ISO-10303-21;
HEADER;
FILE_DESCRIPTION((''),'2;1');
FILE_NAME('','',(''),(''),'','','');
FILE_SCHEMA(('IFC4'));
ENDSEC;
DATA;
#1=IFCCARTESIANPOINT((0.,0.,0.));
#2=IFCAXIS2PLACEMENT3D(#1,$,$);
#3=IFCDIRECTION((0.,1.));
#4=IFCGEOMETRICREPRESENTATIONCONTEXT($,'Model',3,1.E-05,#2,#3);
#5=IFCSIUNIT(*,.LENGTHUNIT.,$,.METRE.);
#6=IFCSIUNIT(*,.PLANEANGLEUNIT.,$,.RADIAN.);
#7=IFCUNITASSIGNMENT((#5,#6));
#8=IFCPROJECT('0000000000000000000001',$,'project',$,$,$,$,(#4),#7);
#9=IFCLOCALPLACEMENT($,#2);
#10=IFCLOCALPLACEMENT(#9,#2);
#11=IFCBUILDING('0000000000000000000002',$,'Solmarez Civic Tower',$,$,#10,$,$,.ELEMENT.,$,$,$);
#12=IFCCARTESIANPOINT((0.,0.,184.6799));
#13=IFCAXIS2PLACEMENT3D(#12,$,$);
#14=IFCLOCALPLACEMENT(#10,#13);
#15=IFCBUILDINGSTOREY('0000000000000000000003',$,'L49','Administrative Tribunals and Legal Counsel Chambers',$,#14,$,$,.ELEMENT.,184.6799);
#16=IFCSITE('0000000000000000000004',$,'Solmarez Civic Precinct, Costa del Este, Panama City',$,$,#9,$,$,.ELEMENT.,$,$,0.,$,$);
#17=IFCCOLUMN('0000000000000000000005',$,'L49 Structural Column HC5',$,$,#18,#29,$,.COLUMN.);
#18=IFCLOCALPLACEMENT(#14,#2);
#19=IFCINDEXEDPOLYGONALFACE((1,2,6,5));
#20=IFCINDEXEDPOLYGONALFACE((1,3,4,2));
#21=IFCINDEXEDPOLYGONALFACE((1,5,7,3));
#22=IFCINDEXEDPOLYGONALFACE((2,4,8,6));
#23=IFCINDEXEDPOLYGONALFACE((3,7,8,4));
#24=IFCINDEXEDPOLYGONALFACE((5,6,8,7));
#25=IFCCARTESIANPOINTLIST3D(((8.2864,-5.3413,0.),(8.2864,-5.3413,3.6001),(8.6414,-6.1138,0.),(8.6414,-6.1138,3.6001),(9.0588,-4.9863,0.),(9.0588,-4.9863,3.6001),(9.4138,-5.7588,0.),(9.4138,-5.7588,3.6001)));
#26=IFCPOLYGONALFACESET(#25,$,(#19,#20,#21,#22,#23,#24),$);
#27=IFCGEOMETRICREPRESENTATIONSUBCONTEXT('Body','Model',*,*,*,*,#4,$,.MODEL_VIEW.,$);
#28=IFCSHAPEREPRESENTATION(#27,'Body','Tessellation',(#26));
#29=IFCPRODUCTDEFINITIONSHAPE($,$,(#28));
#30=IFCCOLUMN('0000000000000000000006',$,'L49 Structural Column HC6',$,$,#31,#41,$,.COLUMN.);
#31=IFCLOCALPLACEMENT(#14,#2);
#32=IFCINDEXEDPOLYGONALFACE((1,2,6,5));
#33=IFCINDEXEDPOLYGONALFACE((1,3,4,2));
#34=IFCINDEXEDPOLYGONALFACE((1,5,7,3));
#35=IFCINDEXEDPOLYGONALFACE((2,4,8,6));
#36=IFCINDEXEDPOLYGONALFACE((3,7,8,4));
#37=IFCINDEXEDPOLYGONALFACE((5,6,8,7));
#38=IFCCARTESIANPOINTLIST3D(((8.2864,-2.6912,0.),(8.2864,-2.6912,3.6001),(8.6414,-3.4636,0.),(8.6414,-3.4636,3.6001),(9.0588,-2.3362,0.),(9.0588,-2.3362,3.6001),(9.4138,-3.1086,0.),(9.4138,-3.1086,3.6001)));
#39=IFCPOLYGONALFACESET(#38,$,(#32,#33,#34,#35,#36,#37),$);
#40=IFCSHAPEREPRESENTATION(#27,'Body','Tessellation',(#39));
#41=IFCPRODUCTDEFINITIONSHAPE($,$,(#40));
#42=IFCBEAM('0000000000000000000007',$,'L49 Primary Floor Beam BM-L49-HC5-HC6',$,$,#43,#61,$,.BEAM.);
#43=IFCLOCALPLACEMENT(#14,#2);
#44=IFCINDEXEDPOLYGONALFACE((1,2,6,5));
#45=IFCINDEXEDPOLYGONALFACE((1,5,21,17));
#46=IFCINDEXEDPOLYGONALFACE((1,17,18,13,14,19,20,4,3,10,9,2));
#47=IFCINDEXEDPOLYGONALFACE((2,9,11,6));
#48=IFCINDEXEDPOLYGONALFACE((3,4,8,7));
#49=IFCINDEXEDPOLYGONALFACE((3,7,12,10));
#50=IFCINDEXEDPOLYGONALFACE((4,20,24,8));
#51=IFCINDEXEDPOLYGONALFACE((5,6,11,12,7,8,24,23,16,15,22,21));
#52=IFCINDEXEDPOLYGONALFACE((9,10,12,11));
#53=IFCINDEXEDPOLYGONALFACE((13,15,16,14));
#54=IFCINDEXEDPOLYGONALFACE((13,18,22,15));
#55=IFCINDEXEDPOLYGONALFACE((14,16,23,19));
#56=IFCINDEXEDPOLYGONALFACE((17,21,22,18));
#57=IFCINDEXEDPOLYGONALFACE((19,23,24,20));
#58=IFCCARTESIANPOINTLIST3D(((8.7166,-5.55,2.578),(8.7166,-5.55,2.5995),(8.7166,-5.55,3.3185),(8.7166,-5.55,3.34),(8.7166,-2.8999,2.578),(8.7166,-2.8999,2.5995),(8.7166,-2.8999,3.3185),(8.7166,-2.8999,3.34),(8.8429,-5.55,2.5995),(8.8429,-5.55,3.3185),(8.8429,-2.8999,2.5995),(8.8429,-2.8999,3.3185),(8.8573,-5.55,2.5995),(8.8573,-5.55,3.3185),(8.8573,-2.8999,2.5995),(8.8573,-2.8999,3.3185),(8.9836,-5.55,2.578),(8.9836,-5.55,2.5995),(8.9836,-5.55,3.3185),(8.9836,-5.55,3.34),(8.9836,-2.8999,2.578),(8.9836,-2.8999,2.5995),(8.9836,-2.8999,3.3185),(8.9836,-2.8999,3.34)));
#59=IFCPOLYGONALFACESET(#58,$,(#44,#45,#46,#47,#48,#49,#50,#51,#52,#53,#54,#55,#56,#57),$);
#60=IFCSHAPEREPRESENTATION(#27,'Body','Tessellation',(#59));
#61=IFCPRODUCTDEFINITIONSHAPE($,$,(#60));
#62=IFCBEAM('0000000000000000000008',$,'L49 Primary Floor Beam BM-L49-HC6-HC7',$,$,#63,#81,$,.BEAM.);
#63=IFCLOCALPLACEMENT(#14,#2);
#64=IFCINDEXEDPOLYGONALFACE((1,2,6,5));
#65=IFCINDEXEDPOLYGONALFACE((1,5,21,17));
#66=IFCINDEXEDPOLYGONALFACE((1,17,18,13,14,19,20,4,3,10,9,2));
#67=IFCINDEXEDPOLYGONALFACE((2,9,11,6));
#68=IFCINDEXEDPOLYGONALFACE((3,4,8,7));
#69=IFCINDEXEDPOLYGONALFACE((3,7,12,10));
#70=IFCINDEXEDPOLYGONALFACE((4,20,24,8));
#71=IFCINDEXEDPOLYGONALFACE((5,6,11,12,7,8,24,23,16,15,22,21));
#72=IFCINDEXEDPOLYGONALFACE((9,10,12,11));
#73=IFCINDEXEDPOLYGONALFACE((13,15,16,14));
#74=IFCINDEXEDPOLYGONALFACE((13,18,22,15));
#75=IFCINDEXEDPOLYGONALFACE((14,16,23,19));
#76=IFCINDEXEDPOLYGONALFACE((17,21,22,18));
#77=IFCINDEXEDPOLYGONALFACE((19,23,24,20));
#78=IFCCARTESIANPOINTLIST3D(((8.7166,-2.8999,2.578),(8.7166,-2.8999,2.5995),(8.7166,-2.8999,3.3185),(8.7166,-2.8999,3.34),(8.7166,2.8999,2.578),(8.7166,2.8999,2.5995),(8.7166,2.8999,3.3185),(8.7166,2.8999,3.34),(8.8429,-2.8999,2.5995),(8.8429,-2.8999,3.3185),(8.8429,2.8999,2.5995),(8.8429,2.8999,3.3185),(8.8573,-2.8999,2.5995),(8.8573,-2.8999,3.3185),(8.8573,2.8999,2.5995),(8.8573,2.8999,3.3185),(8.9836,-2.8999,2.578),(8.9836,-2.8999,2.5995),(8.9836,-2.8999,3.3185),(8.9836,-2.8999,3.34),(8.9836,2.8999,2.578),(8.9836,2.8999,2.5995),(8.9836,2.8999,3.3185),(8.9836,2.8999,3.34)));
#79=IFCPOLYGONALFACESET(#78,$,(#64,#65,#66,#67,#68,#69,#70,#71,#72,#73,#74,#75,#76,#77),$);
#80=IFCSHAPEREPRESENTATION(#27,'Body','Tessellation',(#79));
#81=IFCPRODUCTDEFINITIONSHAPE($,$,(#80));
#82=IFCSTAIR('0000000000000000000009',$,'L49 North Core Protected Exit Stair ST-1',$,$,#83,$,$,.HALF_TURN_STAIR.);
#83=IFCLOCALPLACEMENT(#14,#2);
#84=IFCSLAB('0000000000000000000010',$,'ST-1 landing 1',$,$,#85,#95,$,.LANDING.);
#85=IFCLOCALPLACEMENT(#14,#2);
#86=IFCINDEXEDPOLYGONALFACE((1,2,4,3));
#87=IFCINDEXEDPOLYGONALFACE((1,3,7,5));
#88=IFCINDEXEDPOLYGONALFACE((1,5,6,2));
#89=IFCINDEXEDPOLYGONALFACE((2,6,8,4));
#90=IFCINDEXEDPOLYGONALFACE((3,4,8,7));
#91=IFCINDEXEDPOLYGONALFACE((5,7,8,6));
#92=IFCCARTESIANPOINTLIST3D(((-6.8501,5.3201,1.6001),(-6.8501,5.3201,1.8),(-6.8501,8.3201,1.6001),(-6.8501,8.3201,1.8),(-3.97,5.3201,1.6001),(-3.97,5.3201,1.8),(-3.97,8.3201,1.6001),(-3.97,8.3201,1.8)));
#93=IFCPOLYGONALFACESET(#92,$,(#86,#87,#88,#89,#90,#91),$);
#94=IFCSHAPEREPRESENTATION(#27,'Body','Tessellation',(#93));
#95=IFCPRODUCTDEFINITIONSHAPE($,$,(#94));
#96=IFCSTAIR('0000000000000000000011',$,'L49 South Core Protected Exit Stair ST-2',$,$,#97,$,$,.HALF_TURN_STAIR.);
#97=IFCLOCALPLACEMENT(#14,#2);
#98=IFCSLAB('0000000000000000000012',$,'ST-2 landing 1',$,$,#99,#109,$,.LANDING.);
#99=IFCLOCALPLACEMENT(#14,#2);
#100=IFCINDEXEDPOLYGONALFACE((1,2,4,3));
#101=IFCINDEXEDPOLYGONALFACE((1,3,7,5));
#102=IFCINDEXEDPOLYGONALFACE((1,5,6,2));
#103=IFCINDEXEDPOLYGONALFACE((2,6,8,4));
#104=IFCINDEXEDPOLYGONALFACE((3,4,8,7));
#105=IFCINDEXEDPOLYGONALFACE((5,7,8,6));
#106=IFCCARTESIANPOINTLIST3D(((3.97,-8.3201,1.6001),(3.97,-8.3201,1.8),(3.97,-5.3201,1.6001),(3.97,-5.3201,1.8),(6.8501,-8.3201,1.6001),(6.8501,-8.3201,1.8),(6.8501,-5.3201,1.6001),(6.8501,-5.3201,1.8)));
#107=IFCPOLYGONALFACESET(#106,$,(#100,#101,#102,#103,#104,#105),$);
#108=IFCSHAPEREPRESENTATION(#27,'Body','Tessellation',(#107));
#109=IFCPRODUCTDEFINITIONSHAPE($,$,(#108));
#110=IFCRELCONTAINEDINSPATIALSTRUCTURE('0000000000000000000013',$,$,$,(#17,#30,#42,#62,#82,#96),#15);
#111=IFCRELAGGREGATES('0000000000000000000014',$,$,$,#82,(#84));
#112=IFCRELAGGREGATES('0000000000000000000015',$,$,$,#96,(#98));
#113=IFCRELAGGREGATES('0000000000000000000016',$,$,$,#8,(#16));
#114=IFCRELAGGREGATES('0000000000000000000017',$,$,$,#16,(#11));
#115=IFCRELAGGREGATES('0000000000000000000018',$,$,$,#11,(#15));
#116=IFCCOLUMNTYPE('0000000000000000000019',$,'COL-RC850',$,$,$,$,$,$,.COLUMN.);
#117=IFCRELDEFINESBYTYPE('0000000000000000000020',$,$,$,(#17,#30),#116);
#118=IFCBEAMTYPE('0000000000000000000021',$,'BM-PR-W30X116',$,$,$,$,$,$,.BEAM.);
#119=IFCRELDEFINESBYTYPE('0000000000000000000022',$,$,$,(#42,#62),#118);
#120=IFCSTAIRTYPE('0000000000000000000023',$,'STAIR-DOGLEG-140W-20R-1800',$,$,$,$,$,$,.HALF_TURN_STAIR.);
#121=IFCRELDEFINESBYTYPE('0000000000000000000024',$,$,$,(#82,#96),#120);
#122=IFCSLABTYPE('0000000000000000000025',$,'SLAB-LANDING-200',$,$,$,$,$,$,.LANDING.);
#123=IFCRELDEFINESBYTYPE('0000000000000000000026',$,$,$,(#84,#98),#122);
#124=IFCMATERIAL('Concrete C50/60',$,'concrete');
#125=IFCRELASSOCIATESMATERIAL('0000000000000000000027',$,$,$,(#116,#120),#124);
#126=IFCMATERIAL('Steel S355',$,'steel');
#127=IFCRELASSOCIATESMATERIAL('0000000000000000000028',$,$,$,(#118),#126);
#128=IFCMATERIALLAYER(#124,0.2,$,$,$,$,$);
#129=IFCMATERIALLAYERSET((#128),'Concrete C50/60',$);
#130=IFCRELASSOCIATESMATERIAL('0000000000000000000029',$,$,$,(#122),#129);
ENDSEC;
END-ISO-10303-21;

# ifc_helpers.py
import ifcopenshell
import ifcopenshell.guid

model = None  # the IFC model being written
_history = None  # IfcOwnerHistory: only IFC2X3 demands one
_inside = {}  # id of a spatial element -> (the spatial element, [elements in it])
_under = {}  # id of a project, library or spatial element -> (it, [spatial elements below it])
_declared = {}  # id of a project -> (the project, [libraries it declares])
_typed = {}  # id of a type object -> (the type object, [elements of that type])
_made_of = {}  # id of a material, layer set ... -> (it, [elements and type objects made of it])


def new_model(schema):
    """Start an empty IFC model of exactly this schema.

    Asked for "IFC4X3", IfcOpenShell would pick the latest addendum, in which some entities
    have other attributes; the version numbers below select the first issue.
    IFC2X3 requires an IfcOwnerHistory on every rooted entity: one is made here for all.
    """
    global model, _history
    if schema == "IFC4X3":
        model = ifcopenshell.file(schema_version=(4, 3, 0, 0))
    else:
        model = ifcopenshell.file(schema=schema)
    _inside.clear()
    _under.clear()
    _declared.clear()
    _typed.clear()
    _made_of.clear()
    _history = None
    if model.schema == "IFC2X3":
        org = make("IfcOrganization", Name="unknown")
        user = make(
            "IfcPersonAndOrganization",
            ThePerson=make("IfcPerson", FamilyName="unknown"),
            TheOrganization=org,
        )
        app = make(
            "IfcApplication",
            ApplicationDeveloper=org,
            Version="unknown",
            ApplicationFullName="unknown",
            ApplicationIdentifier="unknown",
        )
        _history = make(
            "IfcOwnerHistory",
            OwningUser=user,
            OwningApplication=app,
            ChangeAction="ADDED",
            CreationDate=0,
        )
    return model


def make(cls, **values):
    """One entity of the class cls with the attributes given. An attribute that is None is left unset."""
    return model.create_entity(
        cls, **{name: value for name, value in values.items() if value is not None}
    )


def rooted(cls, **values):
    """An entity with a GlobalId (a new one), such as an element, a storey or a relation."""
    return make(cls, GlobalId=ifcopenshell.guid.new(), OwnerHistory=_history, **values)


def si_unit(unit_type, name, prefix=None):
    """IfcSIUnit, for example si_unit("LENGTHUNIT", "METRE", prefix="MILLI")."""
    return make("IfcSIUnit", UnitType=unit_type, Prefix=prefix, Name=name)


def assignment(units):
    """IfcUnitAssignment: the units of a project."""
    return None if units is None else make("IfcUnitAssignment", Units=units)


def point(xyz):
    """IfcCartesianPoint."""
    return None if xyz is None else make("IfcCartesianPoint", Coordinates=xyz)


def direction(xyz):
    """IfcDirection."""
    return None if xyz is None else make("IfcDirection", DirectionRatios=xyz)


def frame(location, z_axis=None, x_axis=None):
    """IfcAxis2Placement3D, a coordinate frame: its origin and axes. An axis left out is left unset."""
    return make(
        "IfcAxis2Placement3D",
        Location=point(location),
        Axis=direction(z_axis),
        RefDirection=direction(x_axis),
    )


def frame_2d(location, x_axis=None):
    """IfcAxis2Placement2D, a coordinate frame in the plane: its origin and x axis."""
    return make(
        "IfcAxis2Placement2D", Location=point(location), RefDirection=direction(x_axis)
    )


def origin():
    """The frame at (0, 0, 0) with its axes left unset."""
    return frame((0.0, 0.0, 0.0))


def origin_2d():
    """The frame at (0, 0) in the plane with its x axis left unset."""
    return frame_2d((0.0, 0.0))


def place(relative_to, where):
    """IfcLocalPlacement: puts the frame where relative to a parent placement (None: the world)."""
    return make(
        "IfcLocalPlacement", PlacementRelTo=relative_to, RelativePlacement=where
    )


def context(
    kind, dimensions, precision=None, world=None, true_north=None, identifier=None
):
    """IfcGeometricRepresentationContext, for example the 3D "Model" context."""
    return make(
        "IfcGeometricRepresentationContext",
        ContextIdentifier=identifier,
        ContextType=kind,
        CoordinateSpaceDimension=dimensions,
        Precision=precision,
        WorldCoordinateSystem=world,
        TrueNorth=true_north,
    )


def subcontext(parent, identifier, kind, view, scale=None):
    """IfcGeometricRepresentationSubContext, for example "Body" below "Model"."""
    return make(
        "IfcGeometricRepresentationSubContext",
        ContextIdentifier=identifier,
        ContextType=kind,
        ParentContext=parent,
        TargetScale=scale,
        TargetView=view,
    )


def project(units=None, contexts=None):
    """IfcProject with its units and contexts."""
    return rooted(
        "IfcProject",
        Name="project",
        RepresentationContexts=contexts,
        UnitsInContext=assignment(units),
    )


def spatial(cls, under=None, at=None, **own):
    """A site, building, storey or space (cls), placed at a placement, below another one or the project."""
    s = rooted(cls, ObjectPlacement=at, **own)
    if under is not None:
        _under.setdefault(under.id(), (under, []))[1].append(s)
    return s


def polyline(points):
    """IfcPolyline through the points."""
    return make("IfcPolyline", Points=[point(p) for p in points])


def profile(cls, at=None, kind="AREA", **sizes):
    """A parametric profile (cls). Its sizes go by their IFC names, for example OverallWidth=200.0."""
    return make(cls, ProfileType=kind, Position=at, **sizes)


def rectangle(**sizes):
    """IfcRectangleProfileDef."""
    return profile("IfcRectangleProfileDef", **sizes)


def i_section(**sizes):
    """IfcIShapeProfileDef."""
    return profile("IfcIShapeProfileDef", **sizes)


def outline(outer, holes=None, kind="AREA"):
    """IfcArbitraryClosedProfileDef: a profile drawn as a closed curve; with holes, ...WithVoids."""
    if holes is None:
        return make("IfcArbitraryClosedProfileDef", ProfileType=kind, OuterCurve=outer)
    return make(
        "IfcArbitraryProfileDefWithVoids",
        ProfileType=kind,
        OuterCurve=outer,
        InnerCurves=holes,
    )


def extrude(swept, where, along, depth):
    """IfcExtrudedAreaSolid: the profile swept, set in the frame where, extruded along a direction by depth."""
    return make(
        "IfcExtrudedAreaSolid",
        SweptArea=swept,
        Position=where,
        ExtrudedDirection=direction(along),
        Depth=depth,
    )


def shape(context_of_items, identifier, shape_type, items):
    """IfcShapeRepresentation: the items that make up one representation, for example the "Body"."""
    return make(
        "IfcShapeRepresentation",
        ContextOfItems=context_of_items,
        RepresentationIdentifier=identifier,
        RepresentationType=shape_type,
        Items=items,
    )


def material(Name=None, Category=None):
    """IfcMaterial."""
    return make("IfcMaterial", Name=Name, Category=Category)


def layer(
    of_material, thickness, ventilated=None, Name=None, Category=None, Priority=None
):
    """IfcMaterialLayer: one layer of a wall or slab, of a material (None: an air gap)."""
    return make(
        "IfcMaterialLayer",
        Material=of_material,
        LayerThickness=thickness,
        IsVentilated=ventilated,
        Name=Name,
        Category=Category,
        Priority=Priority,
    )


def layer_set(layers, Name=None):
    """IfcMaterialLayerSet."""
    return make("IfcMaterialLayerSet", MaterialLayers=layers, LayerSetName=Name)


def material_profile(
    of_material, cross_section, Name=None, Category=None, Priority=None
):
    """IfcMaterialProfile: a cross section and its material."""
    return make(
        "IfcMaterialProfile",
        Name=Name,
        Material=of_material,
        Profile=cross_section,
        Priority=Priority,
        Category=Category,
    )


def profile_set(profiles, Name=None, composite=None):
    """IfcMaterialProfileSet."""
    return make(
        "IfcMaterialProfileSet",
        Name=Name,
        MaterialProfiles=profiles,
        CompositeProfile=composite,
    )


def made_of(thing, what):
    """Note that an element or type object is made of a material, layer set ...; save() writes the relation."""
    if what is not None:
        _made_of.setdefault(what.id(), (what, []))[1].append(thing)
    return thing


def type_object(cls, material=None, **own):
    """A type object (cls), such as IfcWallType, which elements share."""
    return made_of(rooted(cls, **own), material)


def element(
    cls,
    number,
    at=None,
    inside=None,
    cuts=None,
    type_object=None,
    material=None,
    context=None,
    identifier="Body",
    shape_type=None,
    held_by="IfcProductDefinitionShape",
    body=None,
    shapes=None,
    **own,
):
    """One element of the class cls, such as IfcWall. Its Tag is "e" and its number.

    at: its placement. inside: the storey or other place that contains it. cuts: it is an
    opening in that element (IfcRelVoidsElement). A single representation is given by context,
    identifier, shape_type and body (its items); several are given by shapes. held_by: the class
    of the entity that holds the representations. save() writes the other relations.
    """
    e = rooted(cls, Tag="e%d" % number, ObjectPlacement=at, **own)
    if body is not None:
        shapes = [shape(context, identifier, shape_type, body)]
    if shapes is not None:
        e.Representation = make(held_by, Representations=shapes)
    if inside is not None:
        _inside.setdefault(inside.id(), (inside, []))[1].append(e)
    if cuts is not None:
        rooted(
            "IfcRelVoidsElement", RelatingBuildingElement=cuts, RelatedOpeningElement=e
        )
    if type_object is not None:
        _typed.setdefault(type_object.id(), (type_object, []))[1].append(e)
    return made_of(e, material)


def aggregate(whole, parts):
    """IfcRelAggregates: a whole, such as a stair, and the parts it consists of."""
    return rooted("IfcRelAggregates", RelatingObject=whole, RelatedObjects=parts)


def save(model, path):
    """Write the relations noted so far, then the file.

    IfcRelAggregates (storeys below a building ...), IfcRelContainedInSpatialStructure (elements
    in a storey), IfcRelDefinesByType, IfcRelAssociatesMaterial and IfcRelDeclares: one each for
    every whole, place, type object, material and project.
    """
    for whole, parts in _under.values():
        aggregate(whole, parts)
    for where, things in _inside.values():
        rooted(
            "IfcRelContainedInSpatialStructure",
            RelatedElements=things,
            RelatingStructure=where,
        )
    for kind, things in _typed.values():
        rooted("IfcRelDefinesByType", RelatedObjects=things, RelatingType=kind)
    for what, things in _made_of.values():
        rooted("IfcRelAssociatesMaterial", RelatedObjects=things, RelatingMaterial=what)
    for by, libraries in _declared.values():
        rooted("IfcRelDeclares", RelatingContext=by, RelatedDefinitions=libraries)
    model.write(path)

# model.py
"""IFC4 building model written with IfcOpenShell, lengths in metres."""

from ifc_helpers import new_model, si_unit, direction, frame, origin, origin_2d, place, context, subcontext, project, spatial, polyline, rectangle, i_section, outline, extrude, material, layer, layer_set, material_profile, profile_set, type_object, element, aggregate, save


model = new_model("IFC4")

# Units and contexts
model_context = context("Model", 3, precision=1e-05, world=origin(), true_north=direction((0.0, 1.0)))
body_context = subcontext(model_context, "Body", "Model", "MODEL_VIEW")
ifc_project = project(units=[si_unit("LENGTHUNIT", "METRE"), si_unit("PLANEANGLEUNIT", "RADIAN")], contexts=[model_context])

# Site, building, storey
site_placement = place(None, origin())
site = spatial("IfcSite", under=ifc_project, at=site_placement, Name="Solmarez Civic Precinct, Costa del Este, Panama City", CompositionType="ELEMENT", RefElevation=0.0)
building_placement = place(site_placement, origin())
building = spatial("IfcBuilding", under=site, at=building_placement, Name="Solmarez Civic Tower", CompositionType="ELEMENT")
storey_placement = place(building_placement, frame((0.0, 0.0, 184.6799)))
storey = spatial("IfcBuildingStorey", under=building, at=storey_placement, Name="L49", Description="Administrative Tribunals and Legal Counsel Chambers", CompositionType="ELEMENT", Elevation=184.6799)

# Columns
ifc_material_1 = material(Name="Concrete C50/60", Category="concrete")
ifc_material_profile_1 = material_profile(ifc_material_1, rectangle(XDim=0.8501, YDim=0.8501, at=origin_2d()), Name="RC850X850")
ifc_profile_set_1 = profile_set([ifc_material_profile_1], Name="Concrete C50/60")
column_type = type_object("IfcColumnType", Name="COL-RC850", PredefinedType="COLUMN", material=ifc_profile_set_1)
for number, where, z_axis, x_axis, name in (
    (1, (8.8501, -5.55, 0.0), (0.0, 0.0, 1.0), (0.908654, 0.41755, 0.0), "L49 Structural Column HC5"),
    (2, (8.8501, -2.8999, 0.0), (0.0, 0.0, 1.0), (0.908654, 0.41755, 0.0), "L49 Structural Column HC6"),
):
    element("IfcColumn", number, at=place(storey_placement, frame(where, z_axis=z_axis, x_axis=x_axis)), inside=storey, type_object=column_type, Name=name, PredefinedType="COLUMN", context=body_context, shape_type="SweptSolid", body=[
        extrude(rectangle(XDim=0.8501, YDim=0.8501, at=origin_2d()), origin(), (0.0, 0.0, 1.0), 3.6001),
    ])

# Beams
ifc_material_2 = material(Name="Steel S355", Category="steel")
ifc_material_profile_2 = material_profile(ifc_material_2, i_section(OverallWidth=0.2671, OverallDepth=0.762, WebThickness=0.0144, FlangeThickness=0.0215, at=origin_2d()), Name="W30X116")
ifc_profile_set_2 = profile_set([ifc_material_profile_2], Name="Steel S355")
beam_type = type_object("IfcBeamType", Name="BM-PR-W30X116", PredefinedType="BEAM", material=ifc_profile_set_2)
beam_1_placement = place(storey_placement, frame((8.8501, -5.55, 2.959), z_axis=(0.0, 1.0, 0.0), x_axis=(-1.0, 0.0, 0.0)))
element("IfcBeam", 3, at=beam_1_placement, inside=storey, type_object=beam_type, Name="L49 Primary Floor Beam BM-L49-HC5-HC6", PredefinedType="BEAM", context=body_context, shape_type="SweptSolid", body=[
    extrude(i_section(OverallWidth=0.2671, OverallDepth=0.762, WebThickness=0.0144, FlangeThickness=0.0215, at=origin_2d()), origin(), (0.0, 0.0, 1.0), 2.6501),
])
beam_2_placement = place(storey_placement, frame((8.8501, -2.8999, 2.959), z_axis=(0.0, 1.0, 0.0), x_axis=(-1.0, 0.0, 0.0)))
element("IfcBeam", 4, at=beam_2_placement, inside=storey, type_object=beam_type, Name="L49 Primary Floor Beam BM-L49-HC6-HC7", PredefinedType="BEAM", context=body_context, shape_type="SweptSolid", body=[
    extrude(i_section(OverallWidth=0.2671, OverallDepth=0.762, WebThickness=0.0144, FlangeThickness=0.0215, at=origin_2d()), origin(), (0.0, 0.0, 1.0), 5.7998),
])

# Stairs, slabs
stair_type = type_object("IfcStairType", Name="STAIR-DOGLEG-140W-20R-1800", PredefinedType="HALF_TURN_STAIR", material=ifc_material_1)
stair_1_placement = place(storey_placement, origin())
stair_1 = element("IfcStair", 5, at=stair_1_placement, inside=storey, type_object=stair_type, Name="L49 North Core Protected Exit Stair ST-1", PredefinedType="HALF_TURN_STAIR")
ifc_layer_1 = layer(ifc_material_1, 0.2)
ifc_layer_set_1 = layer_set([ifc_layer_1], Name="Concrete C50/60")
slab_type_1 = type_object("IfcSlabType", Name="SLAB-LANDING-200", PredefinedType="LANDING", material=ifc_layer_set_1)
slab_1_placement = place(storey_placement, frame((0.0, 0.0, 1.6001)))
slab_1 = element("IfcSlab", 6, at=slab_1_placement, type_object=slab_type_1, Name="ST-1 landing 1", PredefinedType="LANDING", context=body_context, shape_type="SweptSolid", body=[
    extrude(outline(polyline([(-3.97, 8.3201), (-6.8501, 8.3201), (-6.8501, 5.3201), (-3.97, 5.3201), (-3.97, 8.3201)])), origin(), (0.0, 0.0, 1.0), 0.2),
])
aggregate(stair_1, [slab_1])
stair_2_placement = place(storey_placement, origin())
stair_2 = element("IfcStair", 7, at=stair_2_placement, inside=storey, type_object=stair_type, Name="L49 South Core Protected Exit Stair ST-2", PredefinedType="HALF_TURN_STAIR")
slab_2_placement = place(storey_placement, frame((0.0, 0.0, 1.6001)))
slab_2 = element("IfcSlab", 8, at=slab_2_placement, type_object=slab_type_1, Name="ST-2 landing 1", PredefinedType="LANDING", context=body_context, shape_type="SweptSolid", body=[
    extrude(outline(polyline([(3.97, -8.3201), (6.8501, -8.3201), (6.8501, -5.3201), (3.97, -5.3201), (3.97, -8.3201)])), origin(), (0.0, 0.0, 1.0), 0.2),
])

aggregate(stair_2, [slab_2])

save(model, "model.ifc")
